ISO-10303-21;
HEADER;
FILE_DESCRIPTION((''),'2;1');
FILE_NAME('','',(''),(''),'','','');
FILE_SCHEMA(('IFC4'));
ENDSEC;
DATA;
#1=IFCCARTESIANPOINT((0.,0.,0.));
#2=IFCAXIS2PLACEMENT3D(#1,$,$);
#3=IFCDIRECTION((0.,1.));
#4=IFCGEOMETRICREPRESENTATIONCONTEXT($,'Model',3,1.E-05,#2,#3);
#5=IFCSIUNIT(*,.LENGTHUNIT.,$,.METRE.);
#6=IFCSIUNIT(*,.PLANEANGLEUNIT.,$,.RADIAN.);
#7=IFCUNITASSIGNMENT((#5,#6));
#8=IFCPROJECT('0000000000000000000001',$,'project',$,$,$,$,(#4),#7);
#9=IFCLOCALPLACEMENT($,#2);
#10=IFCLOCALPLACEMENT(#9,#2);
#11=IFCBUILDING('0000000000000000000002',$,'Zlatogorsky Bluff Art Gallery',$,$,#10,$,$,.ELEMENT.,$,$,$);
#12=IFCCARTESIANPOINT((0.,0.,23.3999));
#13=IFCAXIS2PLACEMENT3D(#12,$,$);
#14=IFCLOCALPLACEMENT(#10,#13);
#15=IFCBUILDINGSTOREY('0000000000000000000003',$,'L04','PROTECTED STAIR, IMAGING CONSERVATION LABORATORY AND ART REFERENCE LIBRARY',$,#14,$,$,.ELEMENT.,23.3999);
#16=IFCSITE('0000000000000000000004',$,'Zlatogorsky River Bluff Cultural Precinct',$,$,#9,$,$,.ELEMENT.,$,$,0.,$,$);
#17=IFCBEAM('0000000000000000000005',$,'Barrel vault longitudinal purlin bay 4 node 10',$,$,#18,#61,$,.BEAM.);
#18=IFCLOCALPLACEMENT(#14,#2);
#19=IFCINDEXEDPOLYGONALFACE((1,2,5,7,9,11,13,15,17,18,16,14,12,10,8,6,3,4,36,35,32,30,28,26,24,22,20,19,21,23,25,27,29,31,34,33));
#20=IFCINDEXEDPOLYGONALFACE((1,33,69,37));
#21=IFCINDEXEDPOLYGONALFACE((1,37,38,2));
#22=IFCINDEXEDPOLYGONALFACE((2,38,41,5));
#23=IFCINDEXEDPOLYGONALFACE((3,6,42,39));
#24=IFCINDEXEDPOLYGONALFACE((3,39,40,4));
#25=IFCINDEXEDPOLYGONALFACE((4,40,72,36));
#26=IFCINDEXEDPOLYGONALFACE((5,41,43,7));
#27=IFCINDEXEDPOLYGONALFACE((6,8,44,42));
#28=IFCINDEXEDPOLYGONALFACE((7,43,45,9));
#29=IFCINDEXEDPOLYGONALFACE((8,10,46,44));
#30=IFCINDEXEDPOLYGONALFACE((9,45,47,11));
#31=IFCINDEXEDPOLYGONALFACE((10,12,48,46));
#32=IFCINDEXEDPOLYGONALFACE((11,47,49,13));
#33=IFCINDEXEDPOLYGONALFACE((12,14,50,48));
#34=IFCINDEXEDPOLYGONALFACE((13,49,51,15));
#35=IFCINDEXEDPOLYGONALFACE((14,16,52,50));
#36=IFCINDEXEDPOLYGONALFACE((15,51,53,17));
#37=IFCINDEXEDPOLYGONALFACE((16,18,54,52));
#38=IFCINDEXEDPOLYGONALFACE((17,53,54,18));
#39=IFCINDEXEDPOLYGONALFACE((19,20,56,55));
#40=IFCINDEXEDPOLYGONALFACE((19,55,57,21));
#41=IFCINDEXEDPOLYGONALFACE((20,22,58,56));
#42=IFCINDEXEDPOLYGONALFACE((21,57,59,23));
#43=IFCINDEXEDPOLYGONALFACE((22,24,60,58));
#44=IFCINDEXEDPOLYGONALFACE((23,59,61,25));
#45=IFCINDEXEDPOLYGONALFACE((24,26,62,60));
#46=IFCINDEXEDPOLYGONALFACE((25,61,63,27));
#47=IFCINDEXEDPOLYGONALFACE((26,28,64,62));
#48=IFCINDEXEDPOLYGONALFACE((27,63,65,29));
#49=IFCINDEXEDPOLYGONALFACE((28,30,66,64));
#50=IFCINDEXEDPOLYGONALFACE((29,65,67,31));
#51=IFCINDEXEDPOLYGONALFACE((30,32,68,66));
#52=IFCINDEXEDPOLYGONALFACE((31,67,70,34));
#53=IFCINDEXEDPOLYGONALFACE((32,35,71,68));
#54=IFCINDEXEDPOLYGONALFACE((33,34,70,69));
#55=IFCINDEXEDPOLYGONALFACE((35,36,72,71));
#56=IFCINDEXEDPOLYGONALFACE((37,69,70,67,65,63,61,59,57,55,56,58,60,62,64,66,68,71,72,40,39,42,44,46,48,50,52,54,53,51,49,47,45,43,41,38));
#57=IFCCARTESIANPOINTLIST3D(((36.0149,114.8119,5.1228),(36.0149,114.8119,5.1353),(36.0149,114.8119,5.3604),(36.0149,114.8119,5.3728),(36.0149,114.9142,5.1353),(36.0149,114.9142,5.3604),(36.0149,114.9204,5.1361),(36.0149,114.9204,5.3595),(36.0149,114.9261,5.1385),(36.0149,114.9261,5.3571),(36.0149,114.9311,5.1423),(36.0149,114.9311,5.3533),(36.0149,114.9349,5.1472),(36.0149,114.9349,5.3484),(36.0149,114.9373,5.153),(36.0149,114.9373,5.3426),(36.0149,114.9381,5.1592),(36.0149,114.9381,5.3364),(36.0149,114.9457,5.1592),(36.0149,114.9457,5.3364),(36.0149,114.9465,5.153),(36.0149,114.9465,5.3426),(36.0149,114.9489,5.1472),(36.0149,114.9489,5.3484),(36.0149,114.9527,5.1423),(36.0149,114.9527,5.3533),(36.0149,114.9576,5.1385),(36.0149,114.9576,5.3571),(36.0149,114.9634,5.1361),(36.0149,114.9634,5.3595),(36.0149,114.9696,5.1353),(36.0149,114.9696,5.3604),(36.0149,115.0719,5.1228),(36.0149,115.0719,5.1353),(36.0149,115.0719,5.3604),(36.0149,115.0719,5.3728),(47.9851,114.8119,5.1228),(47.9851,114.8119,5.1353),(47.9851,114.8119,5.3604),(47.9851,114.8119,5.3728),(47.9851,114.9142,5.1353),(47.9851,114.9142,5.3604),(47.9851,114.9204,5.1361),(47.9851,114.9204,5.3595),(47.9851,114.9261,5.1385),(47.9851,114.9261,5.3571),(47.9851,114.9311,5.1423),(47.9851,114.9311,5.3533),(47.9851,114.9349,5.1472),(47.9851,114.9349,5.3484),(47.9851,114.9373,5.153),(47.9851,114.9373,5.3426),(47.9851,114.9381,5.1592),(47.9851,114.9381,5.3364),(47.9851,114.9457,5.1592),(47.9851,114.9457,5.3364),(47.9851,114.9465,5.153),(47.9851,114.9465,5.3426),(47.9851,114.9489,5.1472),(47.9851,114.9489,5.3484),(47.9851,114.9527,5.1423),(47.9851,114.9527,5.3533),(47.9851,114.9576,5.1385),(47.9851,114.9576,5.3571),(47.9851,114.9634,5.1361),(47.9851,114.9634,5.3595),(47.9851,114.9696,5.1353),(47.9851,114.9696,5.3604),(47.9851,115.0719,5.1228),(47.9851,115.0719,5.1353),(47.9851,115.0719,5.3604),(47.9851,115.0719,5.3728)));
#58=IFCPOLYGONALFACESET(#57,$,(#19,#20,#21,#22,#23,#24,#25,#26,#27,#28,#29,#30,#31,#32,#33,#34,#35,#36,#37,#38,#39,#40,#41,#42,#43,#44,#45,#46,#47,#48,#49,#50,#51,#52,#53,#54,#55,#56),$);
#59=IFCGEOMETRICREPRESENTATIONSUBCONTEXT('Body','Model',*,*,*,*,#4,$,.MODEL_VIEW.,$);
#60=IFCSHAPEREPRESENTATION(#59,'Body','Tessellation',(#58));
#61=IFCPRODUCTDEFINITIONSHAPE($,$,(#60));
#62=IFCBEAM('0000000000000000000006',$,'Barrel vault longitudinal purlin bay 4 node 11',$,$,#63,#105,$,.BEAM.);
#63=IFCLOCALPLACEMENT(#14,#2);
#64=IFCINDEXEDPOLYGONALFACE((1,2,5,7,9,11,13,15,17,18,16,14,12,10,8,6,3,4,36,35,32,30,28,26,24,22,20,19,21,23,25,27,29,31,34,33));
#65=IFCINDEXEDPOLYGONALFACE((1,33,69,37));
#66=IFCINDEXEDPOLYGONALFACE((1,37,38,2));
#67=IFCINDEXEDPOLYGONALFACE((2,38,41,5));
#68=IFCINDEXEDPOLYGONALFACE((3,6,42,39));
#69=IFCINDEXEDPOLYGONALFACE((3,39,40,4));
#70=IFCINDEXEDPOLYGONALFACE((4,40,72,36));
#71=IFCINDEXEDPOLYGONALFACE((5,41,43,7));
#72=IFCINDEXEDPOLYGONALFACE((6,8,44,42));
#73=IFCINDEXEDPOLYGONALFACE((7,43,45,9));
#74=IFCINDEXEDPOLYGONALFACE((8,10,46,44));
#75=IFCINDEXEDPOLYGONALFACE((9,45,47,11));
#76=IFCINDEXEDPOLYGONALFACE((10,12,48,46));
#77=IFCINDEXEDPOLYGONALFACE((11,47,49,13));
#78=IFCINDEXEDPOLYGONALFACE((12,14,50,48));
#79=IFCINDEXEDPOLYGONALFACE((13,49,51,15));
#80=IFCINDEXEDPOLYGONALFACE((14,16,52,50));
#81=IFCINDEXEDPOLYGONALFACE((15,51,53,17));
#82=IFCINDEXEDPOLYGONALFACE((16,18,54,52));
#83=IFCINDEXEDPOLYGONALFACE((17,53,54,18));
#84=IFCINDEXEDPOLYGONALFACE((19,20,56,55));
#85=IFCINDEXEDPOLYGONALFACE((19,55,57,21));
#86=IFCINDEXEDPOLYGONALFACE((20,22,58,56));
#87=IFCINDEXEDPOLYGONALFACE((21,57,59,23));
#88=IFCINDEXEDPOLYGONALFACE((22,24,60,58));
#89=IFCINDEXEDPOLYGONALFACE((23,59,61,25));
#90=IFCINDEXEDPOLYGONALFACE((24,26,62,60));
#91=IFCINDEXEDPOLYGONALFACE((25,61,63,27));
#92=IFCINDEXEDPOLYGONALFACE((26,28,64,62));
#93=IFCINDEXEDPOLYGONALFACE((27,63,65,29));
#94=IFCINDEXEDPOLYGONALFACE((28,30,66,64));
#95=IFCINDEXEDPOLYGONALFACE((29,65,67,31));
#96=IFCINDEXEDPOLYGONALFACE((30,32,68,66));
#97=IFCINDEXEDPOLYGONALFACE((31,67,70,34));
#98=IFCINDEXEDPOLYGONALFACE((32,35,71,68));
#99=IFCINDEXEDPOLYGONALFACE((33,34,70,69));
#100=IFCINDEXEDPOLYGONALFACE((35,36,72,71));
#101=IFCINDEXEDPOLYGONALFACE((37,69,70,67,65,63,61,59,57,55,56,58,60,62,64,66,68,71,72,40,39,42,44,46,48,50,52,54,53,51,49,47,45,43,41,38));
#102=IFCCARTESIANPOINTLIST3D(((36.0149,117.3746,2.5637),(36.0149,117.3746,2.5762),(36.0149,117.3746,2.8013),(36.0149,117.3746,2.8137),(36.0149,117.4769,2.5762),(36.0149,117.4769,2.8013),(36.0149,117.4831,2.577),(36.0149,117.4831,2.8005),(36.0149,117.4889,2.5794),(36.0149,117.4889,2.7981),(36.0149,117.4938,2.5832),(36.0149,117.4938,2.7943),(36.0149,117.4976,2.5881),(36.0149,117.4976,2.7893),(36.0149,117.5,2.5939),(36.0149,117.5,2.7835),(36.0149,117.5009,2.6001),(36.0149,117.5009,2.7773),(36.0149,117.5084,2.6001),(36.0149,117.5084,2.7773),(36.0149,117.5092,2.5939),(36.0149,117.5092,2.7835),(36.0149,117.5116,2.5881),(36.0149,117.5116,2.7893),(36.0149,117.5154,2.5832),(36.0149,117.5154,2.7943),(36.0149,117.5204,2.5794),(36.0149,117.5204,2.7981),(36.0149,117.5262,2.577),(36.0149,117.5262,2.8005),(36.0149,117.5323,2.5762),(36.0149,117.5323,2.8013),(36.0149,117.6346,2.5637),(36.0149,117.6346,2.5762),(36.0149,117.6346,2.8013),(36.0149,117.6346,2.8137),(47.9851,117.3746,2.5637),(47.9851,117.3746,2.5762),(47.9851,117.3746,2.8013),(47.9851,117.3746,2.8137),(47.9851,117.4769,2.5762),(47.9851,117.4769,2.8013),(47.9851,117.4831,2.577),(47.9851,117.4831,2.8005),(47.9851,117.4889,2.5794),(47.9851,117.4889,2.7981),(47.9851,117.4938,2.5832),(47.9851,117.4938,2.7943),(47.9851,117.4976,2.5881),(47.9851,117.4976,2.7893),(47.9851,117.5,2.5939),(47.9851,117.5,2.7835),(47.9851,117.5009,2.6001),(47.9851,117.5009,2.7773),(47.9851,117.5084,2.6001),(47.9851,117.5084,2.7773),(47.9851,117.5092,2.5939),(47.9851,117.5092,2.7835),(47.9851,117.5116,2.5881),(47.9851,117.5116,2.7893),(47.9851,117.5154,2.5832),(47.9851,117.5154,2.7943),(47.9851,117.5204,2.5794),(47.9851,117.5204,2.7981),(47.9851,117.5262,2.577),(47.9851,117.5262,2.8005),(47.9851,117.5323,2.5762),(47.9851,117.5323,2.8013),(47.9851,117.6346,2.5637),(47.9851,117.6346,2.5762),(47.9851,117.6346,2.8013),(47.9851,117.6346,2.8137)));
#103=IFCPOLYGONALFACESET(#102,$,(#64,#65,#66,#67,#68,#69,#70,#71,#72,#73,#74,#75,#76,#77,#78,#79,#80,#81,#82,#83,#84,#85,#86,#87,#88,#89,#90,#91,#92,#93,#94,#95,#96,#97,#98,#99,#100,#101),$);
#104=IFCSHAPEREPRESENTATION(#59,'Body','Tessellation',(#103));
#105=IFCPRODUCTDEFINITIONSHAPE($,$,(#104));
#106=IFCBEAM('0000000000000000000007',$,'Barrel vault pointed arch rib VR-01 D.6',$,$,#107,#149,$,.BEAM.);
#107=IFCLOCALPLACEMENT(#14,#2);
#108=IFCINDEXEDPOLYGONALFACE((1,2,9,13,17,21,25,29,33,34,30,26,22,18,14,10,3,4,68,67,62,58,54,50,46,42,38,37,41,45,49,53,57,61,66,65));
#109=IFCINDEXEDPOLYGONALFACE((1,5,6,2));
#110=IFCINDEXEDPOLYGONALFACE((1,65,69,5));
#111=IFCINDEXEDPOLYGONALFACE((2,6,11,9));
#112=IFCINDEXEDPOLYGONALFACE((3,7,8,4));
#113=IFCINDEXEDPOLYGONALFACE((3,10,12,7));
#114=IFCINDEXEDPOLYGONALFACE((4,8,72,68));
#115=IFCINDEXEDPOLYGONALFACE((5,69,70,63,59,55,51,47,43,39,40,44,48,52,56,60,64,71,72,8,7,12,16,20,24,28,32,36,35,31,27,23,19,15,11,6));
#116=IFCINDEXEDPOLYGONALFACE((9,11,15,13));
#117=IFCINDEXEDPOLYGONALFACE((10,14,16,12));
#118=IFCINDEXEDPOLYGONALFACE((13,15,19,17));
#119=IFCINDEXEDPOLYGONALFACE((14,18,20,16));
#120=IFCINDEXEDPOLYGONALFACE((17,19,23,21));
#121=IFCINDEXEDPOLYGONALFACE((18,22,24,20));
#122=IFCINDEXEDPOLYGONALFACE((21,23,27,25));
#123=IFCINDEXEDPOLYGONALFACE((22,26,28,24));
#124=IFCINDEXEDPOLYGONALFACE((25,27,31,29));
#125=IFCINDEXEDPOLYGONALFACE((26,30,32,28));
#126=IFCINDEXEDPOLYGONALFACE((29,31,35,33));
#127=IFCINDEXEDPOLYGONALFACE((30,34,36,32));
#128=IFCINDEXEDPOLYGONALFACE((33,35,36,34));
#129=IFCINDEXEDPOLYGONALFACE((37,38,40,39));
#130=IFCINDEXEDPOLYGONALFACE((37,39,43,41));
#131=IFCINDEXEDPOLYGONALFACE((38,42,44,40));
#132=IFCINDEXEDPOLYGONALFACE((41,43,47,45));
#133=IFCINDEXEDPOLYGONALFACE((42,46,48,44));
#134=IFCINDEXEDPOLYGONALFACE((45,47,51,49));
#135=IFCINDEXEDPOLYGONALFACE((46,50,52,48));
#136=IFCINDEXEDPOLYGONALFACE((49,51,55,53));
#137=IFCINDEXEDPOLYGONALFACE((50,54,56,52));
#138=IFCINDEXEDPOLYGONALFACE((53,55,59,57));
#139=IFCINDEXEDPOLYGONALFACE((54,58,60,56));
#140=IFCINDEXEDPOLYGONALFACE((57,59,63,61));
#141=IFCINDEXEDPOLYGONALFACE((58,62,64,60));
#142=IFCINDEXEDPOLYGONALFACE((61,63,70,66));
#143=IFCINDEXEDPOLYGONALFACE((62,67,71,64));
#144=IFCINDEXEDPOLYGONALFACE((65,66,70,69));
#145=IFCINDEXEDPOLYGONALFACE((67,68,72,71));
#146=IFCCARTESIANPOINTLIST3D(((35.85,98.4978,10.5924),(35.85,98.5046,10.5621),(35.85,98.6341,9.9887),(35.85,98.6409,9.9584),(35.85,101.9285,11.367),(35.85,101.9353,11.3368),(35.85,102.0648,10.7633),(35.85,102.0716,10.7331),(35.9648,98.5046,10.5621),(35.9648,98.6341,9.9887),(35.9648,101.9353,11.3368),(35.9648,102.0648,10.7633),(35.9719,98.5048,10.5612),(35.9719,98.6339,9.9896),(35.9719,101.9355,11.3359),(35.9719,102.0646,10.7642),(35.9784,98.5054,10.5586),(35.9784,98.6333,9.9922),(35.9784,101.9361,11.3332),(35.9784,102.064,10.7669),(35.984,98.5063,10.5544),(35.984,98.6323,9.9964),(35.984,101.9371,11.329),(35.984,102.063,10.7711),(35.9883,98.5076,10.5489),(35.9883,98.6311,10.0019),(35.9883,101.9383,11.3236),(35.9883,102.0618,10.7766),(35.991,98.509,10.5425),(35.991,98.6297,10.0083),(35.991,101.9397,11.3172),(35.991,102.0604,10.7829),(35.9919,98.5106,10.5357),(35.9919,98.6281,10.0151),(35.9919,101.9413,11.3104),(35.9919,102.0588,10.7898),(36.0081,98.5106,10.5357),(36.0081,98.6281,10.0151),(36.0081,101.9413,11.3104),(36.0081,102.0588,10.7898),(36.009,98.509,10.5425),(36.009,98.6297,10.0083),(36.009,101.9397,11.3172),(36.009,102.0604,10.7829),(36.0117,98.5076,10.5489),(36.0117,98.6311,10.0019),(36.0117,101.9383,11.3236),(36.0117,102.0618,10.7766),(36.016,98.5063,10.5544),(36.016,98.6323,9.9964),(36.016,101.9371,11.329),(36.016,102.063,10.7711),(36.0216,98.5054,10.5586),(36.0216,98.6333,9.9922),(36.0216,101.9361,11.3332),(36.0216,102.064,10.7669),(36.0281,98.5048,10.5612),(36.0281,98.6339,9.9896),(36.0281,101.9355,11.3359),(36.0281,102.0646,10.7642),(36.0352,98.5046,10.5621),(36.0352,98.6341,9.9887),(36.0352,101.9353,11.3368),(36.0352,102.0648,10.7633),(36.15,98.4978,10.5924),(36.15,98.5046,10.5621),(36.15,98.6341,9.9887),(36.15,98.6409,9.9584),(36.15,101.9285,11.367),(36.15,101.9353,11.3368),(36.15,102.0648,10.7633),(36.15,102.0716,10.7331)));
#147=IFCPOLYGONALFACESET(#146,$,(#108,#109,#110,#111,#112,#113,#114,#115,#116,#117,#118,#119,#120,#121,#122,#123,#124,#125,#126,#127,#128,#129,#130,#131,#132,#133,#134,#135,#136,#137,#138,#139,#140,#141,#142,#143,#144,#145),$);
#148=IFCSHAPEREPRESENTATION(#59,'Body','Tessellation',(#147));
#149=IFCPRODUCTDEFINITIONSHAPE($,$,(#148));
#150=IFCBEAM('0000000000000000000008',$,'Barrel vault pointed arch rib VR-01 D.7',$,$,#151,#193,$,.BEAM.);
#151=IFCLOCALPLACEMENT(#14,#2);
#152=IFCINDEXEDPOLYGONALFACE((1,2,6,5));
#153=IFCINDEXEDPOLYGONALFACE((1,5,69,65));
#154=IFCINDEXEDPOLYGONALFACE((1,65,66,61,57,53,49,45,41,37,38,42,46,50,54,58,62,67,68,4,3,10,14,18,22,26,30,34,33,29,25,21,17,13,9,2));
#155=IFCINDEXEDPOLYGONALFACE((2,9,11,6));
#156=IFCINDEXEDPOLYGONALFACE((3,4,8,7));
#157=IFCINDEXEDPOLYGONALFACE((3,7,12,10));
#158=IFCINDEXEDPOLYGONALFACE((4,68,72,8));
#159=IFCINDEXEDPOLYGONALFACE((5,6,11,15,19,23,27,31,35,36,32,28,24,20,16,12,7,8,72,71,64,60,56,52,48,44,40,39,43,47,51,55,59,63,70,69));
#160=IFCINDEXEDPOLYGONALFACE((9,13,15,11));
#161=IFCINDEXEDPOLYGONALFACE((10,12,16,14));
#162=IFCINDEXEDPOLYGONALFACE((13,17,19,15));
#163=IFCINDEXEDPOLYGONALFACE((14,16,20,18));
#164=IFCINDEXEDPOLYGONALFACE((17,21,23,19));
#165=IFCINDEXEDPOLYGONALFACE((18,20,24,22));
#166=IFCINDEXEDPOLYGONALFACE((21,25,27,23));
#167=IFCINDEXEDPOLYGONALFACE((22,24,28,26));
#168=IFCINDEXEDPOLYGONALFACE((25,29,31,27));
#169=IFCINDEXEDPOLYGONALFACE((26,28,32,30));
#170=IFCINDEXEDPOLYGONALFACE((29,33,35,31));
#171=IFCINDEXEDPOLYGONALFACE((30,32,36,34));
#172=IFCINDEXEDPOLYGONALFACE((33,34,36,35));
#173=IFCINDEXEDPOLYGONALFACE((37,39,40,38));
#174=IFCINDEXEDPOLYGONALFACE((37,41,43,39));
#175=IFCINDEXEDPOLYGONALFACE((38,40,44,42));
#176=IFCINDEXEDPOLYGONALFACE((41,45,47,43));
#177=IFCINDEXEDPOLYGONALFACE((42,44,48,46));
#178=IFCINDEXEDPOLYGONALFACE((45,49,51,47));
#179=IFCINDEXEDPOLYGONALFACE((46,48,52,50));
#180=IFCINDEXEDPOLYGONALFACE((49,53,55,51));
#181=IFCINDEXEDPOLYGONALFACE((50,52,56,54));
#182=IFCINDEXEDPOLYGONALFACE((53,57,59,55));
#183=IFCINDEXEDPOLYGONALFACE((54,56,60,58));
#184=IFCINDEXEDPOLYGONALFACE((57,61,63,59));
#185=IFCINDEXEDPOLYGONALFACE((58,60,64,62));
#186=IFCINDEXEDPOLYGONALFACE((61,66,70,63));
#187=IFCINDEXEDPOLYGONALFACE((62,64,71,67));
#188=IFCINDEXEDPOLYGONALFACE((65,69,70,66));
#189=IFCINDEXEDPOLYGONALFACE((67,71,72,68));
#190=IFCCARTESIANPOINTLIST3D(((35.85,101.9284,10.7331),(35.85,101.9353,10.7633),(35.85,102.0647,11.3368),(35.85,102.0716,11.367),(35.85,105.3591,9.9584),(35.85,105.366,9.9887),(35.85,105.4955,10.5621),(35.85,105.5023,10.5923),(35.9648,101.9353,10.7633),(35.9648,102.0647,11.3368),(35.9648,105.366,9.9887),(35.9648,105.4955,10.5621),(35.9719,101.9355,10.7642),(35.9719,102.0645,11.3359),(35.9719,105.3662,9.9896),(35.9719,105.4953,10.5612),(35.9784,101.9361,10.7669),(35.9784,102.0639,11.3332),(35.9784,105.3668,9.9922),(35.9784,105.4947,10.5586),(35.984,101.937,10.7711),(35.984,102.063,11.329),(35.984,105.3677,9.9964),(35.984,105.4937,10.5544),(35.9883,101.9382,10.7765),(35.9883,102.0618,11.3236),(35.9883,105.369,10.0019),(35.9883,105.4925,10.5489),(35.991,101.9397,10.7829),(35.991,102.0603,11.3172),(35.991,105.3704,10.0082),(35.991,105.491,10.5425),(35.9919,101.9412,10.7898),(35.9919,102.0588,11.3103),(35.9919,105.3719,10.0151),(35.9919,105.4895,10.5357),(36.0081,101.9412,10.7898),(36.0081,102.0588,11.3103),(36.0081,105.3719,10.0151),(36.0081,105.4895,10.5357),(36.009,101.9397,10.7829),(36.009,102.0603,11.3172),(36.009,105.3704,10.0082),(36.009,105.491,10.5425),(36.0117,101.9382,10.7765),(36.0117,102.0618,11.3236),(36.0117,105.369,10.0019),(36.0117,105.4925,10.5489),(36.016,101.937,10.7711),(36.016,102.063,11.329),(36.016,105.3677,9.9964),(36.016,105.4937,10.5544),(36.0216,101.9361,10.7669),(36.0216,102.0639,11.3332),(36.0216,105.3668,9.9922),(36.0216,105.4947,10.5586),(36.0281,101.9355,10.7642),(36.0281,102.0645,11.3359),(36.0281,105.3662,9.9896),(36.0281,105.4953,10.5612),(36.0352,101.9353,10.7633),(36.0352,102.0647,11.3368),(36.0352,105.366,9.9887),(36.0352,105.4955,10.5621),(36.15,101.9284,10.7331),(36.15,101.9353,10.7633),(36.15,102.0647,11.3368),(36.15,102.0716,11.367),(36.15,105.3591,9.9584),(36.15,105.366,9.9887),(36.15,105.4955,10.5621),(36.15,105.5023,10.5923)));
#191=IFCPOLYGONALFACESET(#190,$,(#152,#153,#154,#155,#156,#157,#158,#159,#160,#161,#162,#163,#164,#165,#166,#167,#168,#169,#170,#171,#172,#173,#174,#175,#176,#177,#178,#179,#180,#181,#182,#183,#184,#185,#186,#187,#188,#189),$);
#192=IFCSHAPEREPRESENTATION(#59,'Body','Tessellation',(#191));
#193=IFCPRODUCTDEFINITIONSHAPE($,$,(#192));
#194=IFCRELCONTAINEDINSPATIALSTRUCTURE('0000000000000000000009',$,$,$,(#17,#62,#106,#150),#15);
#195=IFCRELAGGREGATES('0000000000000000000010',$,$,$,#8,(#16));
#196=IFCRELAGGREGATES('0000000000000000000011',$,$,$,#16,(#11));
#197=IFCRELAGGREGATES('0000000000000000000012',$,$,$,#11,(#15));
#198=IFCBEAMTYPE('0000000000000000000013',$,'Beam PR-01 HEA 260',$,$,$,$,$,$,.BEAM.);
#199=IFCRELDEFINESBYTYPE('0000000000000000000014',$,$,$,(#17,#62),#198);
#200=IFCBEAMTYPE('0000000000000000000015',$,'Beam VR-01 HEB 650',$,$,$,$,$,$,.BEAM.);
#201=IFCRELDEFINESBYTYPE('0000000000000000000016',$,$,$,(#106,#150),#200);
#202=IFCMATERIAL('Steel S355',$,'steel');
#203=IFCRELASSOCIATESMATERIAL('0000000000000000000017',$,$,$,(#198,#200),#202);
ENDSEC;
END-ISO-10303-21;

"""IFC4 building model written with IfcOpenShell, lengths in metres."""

from ifc_helpers import new_model, si_unit, direction, frame, origin, origin_2d, place, context, subcontext, project, spatial, i_section, extrude, material, material_profile, profile_set, type_object, element, save


model = new_model("IFC4")

# Units and contexts
model_context = context("Model", 3, precision=1e-05, world=origin(), true_north=direction((0.0, 1.0)))
body_context = subcontext(model_context, "Body", "Model", "MODEL_VIEW")
ifc_project = project(units=[si_unit("LENGTHUNIT", "METRE"), si_unit("PLANEANGLEUNIT", "RADIAN")], contexts=[model_context])

# Site, building, storey
site_placement = place(None, origin())
site = spatial("IfcSite", under=ifc_project, at=site_placement, Name="Zlatogorsky River Bluff Cultural Precinct", CompositionType="ELEMENT", RefElevation=0.0)
building_placement = place(site_placement, origin())
building = spatial("IfcBuilding", under=site, at=building_placement, Name="Zlatogorsky Bluff Art Gallery", CompositionType="ELEMENT")
storey_placement = place(building_placement, frame((0.0, 0.0, 23.3999)))
storey = spatial("IfcBuildingStorey", under=building, at=storey_placement, Name="L04", Description="PROTECTED STAIR, IMAGING CONSERVATION LABORATORY AND ART REFERENCE LIBRARY", CompositionType="ELEMENT", Elevation=23.3999)

# Beams
ifc_material_1 = material(Name="Steel S355", Category="steel")
ifc_material_profile_1 = material_profile(ifc_material_1, i_section(OverallWidth=0.26, OverallDepth=0.25, WebThickness=0.0076, FlangeThickness=0.0125, FilletRadius=0.0239, at=origin_2d()), Name="HEA 260")
ifc_profile_set_1 = profile_set([ifc_material_profile_1], Name="Steel S355")
beam_type_1 = type_object("IfcBeamType", Name="Beam PR-01 HEA 260", PredefinedType="BEAM", material=ifc_profile_set_1)
for number, where, z_axis, x_axis, name in (
    (1, (36.0149, 114.9419, 5.2478), (1.0, 0.0, 0.0), (0.0, 1.0, 0.0), "Barrel vault longitudinal purlin bay 4 node 10"),
    (2, (36.0149, 117.5046, 2.6887), (1.0, 0.0, 0.0), (0.0, 1.0, 0.0), "Barrel vault longitudinal purlin bay 4 node 11"),
):
    element("IfcBeam", number, at=place(storey_placement, frame(where, z_axis=z_axis, x_axis=x_axis)), inside=storey, type_object=beam_type_1, Name=name, PredefinedType="BEAM", context=body_context, shape_type="SweptSolid", body=[
        extrude(i_section(OverallWidth=0.26, OverallDepth=0.25, WebThickness=0.0076, FlangeThickness=0.0125, FilletRadius=0.0239, at=origin_2d()), origin(), (0.0, 0.0, 1.0), 11.9702),
    ])
ifc_material_profile_2 = material_profile(ifc_material_1, i_section(OverallWidth=0.3, OverallDepth=0.6499, WebThickness=0.0161, FlangeThickness=0.031, FilletRadius=0.0271, at=origin_2d()), Name="HEB 650")
ifc_profile_set_2 = profile_set([ifc_material_profile_2], Name="Steel S355")
beam_type_2 = type_object("IfcBeamType", Name="Beam VR-01 HEB 650", PredefinedType="BEAM", material=ifc_profile_set_2)
for number, where, z_axis, x_axis, name in (
    (3, (36.0, 98.5693, 10.2754), (0.0, 0.975441, 0.220259), (-1.0, 0.0, 0.0), "Barrel vault pointed arch rib VR-01 D.6"),
    (4, (36.0, 102.0, 11.05), (0.0, 0.975441, -0.220259), (-1.0, 0.0, 0.0), "Barrel vault pointed arch rib VR-01 D.7"),
):
    element("IfcBeam", number, at=place(storey_placement, frame(where, z_axis=z_axis, x_axis=x_axis)), inside=storey, type_object=beam_type_2, Name=name, PredefinedType="BEAM", context=body_context, shape_type="SweptSolid", body=[
        extrude(i_section(OverallWidth=0.3, OverallDepth=0.6499, WebThickness=0.0161, FlangeThickness=0.031, FilletRadius=0.0271, at=origin_2d()), origin(), (0.0, 0.0, 1.0), 3.5171),
    ])

save(model, "model.ifc")
